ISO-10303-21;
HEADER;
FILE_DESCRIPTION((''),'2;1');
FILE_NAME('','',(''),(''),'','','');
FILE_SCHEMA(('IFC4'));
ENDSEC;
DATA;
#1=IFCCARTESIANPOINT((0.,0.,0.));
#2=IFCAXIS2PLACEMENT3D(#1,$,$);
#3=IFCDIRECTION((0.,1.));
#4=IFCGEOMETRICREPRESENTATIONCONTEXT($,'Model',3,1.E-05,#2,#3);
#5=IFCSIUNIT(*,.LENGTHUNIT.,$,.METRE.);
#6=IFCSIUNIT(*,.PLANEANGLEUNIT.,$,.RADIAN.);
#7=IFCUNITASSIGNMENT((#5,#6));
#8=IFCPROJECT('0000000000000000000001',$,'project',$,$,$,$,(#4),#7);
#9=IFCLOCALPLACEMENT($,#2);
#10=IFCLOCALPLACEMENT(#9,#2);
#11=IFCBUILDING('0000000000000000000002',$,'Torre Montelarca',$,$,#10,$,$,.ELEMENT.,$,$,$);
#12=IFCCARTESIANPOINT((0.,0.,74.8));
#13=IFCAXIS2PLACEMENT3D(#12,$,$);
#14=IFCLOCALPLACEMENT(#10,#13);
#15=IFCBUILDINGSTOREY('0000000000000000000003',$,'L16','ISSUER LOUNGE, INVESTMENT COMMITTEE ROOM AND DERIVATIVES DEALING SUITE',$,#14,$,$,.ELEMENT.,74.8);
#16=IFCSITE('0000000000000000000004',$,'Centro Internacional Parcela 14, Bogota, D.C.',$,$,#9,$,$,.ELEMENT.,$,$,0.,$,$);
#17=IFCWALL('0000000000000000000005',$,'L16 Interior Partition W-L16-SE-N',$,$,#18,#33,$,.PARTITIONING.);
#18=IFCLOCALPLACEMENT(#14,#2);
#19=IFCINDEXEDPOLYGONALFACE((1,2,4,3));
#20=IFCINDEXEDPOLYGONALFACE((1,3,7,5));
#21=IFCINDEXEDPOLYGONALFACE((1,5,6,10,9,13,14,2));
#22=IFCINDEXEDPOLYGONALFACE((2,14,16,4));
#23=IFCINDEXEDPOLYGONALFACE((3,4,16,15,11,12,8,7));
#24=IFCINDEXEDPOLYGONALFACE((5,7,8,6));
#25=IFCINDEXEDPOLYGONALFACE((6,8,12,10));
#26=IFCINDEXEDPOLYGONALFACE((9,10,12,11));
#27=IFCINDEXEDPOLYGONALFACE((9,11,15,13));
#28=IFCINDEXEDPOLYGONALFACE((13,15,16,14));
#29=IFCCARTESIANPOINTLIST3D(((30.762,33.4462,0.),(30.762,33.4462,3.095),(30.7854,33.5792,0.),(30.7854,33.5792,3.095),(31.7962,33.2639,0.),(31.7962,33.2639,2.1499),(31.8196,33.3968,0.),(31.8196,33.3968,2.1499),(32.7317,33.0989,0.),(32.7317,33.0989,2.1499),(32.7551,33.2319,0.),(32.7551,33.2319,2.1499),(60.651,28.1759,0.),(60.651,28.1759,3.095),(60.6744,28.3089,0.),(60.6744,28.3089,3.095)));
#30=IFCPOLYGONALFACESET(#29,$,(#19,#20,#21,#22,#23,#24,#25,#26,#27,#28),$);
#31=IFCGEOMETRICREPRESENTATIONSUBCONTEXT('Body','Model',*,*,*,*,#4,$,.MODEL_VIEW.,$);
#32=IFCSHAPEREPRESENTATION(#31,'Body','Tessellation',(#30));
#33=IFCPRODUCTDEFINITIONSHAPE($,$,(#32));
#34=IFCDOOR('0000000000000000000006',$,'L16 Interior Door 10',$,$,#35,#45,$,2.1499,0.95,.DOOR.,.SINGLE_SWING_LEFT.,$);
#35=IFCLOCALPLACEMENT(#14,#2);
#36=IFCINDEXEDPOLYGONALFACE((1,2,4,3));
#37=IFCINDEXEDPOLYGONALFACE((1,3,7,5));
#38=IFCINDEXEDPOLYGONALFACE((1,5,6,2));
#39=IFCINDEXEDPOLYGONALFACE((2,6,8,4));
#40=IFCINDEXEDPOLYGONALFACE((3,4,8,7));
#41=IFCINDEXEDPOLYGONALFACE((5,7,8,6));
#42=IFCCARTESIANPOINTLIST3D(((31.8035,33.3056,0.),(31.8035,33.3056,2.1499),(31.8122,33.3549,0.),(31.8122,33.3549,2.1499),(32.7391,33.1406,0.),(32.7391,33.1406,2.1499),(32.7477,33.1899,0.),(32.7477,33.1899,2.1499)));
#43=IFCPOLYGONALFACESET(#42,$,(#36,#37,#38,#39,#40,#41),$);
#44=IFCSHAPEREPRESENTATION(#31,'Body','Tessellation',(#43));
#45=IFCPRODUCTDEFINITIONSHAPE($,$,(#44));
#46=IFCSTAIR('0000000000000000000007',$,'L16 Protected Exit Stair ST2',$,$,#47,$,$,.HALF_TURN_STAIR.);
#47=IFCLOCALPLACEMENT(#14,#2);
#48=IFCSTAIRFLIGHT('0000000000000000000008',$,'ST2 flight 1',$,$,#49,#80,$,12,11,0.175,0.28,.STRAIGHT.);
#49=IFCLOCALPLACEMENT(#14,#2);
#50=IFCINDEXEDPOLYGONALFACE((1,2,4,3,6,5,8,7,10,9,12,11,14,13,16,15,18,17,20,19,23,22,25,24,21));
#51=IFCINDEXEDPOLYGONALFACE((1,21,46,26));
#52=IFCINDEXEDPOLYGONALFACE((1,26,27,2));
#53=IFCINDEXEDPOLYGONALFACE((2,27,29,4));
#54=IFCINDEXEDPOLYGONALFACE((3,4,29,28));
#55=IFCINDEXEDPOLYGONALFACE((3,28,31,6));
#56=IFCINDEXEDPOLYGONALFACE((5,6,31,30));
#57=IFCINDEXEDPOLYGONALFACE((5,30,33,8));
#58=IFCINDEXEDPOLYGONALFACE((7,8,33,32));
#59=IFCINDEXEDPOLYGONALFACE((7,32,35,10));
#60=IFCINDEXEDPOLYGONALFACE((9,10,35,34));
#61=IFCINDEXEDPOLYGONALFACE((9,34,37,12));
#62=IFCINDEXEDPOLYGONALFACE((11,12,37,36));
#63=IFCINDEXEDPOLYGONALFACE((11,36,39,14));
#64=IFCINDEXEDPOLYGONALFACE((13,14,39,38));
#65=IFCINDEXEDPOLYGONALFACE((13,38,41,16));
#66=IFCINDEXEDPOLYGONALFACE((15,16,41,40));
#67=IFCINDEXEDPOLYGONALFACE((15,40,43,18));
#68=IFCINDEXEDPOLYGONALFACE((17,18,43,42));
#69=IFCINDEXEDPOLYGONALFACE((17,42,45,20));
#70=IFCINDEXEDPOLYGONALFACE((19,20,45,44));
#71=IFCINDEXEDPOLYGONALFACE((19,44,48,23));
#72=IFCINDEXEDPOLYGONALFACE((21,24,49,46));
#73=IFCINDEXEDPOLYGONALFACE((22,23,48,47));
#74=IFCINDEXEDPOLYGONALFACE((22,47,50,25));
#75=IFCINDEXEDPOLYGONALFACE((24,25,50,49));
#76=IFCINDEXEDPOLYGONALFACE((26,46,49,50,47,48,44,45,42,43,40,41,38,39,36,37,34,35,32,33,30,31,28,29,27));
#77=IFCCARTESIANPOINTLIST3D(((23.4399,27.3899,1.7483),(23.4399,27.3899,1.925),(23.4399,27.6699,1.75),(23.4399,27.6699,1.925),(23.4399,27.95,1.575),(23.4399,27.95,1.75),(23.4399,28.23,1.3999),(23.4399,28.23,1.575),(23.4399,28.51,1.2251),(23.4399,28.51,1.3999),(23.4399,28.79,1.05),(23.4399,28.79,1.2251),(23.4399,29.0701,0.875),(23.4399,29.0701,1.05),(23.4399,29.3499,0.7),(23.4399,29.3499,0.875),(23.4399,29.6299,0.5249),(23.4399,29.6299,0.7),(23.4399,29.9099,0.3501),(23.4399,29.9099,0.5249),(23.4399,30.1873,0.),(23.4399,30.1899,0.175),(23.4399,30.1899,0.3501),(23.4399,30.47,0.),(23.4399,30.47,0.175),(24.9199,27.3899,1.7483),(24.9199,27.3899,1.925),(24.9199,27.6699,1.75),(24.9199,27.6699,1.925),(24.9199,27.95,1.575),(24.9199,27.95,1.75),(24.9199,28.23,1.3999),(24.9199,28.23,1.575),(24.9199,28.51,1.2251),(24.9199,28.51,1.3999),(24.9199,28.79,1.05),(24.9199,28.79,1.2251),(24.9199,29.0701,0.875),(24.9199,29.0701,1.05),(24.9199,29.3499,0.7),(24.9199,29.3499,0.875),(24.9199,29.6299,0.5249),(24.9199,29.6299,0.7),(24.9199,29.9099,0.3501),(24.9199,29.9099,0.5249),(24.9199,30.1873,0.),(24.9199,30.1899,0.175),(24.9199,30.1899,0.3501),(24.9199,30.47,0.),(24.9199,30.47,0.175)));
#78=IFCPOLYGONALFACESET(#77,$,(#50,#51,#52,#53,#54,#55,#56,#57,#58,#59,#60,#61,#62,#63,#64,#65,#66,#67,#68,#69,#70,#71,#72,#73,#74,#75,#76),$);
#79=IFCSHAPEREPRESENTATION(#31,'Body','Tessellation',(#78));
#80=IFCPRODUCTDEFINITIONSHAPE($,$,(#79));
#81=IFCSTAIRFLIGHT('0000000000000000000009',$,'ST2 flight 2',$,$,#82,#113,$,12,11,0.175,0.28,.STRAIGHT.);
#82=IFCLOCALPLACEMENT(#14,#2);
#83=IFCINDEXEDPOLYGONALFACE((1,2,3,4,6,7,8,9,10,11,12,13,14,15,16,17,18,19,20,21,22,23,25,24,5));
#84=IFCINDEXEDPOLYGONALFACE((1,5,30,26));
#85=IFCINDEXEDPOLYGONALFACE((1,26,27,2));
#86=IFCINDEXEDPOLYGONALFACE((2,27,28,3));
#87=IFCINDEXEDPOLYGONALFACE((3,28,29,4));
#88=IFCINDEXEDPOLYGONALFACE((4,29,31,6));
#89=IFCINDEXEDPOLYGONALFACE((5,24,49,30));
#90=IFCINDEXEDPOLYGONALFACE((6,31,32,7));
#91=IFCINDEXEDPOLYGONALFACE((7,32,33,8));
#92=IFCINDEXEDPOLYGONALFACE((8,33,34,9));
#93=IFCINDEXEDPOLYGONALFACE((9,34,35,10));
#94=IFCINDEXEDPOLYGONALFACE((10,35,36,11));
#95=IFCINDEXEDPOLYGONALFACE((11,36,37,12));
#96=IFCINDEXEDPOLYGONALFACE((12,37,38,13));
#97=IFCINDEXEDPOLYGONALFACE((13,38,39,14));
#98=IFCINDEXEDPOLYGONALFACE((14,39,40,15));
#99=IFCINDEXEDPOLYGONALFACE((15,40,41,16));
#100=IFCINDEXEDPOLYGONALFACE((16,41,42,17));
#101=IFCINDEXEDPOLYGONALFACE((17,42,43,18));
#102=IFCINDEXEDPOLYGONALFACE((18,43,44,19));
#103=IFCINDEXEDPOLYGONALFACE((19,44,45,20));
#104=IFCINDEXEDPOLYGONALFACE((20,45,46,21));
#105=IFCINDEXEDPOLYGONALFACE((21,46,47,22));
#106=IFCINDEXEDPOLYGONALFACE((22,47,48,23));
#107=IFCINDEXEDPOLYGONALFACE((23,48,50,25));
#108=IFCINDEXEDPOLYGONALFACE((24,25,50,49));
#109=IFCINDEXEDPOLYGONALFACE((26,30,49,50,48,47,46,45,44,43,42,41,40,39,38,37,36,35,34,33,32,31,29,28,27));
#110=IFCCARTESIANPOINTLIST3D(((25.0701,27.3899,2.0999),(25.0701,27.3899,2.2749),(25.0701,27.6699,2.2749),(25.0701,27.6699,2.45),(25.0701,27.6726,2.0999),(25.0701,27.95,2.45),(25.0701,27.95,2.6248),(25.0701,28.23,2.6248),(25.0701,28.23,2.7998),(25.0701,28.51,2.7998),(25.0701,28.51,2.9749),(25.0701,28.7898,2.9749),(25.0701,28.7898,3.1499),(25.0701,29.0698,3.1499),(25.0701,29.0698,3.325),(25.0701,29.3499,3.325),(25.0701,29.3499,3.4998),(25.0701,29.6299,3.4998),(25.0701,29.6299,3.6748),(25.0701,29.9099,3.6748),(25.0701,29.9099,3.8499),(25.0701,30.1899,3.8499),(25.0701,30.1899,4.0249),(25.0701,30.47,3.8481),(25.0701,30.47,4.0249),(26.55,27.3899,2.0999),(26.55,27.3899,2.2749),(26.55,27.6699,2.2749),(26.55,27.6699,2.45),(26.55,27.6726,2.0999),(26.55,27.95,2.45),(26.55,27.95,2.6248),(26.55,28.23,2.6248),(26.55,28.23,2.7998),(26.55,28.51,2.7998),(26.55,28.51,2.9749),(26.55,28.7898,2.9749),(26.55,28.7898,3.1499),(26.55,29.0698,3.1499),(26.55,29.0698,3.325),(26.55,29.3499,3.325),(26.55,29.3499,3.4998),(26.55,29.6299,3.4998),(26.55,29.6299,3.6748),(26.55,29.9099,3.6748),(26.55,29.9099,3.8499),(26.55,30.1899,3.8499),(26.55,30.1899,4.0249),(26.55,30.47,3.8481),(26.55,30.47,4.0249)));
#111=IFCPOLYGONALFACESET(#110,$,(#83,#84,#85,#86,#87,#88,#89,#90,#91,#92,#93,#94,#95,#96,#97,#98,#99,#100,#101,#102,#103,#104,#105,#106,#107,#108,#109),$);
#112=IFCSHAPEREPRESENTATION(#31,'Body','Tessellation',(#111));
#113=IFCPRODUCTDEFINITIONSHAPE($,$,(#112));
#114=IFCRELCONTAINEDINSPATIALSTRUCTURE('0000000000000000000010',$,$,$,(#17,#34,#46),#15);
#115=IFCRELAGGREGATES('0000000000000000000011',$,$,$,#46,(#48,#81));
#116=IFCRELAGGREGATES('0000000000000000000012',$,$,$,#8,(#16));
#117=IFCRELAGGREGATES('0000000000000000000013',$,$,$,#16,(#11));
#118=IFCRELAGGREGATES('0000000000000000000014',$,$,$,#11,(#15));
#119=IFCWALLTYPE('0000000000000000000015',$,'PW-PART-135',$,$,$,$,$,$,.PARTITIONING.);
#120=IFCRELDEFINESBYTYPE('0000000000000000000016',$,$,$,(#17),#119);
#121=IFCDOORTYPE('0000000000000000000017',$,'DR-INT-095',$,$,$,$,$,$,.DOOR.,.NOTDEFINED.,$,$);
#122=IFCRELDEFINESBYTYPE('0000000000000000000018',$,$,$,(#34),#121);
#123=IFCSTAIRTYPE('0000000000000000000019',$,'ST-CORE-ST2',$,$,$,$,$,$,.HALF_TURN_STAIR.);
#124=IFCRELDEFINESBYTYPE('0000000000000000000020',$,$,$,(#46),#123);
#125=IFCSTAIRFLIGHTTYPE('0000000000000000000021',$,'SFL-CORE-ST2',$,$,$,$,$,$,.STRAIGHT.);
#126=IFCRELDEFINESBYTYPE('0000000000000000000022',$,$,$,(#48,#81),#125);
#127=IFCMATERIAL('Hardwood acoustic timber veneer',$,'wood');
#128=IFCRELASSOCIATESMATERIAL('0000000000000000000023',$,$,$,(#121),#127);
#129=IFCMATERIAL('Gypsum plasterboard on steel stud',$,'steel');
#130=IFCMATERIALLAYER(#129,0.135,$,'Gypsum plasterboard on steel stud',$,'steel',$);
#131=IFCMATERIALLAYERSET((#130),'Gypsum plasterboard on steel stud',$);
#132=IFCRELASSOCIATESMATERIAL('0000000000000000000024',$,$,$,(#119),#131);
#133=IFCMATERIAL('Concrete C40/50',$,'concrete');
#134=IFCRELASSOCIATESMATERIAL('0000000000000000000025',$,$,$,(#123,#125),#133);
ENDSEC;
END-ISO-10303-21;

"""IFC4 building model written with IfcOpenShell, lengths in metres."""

from ifc_helpers import new_model, si_unit, direction, frame, frame_2d, origin, place, context, subcontext, project, spatial, polyline, rectangle, outline, extrude, source, transform, mapped, material, layer, layer_set, type_object, element, fill, aggregate, save


model = new_model("IFC4")

# Units and contexts
model_context = context("Model", 3, precision=1e-05, world=origin(), true_north=direction((0.0, 1.0)))
body_context = subcontext(model_context, "Body", "Model", "MODEL_VIEW")
ifc_project = project(units=[si_unit("LENGTHUNIT", "METRE"), si_unit("PLANEANGLEUNIT", "RADIAN")], contexts=[model_context])

# Site, building, storey
site_placement = place(None, origin())
site = spatial("IfcSite", under=ifc_project, at=site_placement, Name="Centro Internacional Parcela 14, Bogota, D.C.", CompositionType="ELEMENT", RefElevation=0.0)
building_placement = place(site_placement, origin())
building = spatial("IfcBuilding", under=site, at=building_placement, Name="Torre Montelarca", CompositionType="ELEMENT")
storey_placement = place(building_placement, frame((0.0, 0.0, 74.8)))
storey = spatial("IfcBuildingStorey", under=building, at=storey_placement, Name="L16", Description="ISSUER LOUNGE, INVESTMENT COMMITTEE ROOM AND DERIVATIVES DEALING SUITE", CompositionType="ELEMENT", Elevation=74.8)

# Shared definitions
ifc_material_1 = material(Name="Concrete C40/50", Category="concrete")

# Shared definitions
ifc_material_2 = material(Name="Gypsum plasterboard on steel stud", Category="steel")

# Wall, opening, door
ifc_material_3 = material(Name="Hardwood acoustic timber veneer", Category="wood")
door_type_1 = type_object("IfcDoorType", Name="DR-INT-095", OperationType="NOTDEFINED", PredefinedType="DOOR", material=ifc_material_3)
shared_shape_1 = source(origin(), body_context, "Body", "SweptSolid", [
    extrude(rectangle(XDim=0.95, YDim=2.1499, at=frame_2d((0.4751, 1.075))), frame((0.0, 0.0249, 0.0), z_axis=(0.0, -1.0, 0.0), x_axis=(1.0, 0.0, 0.0)), (0.0, 0.0, 1.0), 0.05),
])
ifc_layer_1 = layer(ifc_material_2, 0.135, Name="Gypsum plasterboard on steel stud", Category="steel")
ifc_layer_set_1 = layer_set([ifc_layer_1], Name="Gypsum plasterboard on steel stud")
wall_type_1 = type_object("IfcWallType", Name="PW-PART-135", PredefinedType="PARTITIONING", material=ifc_layer_set_1)
wall_1_placement = place(storey_placement, frame((30.7737, 33.5127, 0.0), z_axis=(0.0, 0.0, 1.0), x_axis=(0.984808, -0.173649, 0.0)))
wall_1 = element("IfcWall", 1, at=wall_1_placement, inside=storey, type_object=wall_type_1, Name="L16 Interior Partition W-L16-SE-N", PredefinedType="PARTITIONING", context=body_context, shape_type="SweptSolid", body=[
    extrude(rectangle(XDim=30.3501, YDim=0.135, at=frame_2d((15.175, 0.0))), origin(), (0.0, 0.0, 1.0), 3.095),
])
opening_1_placement = place(wall_1_placement, frame((1.05, 0.0, 0.0)))
opening_1 = element("IfcOpeningElement", 2, at=opening_1_placement, cuts=wall_1, PredefinedType="OPENING", context=body_context, shape_type="SweptSolid", body=[
    extrude(rectangle(XDim=0.95, YDim=2.1499, at=frame_2d((0.4751, 1.075))), frame((0.0, 0.0776, 0.0), z_axis=(0.0, -1.0, 0.0), x_axis=(1.0, 0.0, 0.0)), (0.0, 0.0, 1.0), 0.155),
])
door_1_placement = place(opening_1_placement, origin())
door_1 = element("IfcDoor", 3, at=door_1_placement, inside=storey, type_object=door_type_1, Name="L16 Interior Door 10", OperationType="SINGLE_SWING_LEFT", OverallHeight=2.1499, OverallWidth=0.95, PredefinedType="DOOR", context=body_context, shape_type="MappedRepresentation", body=[
    mapped(shared_shape_1, transform((0.0, 0.0, 0.0), scale=1.0)),
])
fill(opening_1, door_1)

# Stair, stair flights
stair_type = type_object("IfcStairType", Name="ST-CORE-ST2", PredefinedType="HALF_TURN_STAIR", material=ifc_material_1)
stair_placement = place(storey_placement, origin())
stair = element("IfcStair", 4, at=stair_placement, inside=storey, type_object=stair_type, Name="L16 Protected Exit Stair ST2", PredefinedType="HALF_TURN_STAIR")
stair_flight_type = type_object("IfcStairFlightType", Name="SFL-CORE-ST2", PredefinedType="STRAIGHT", material=ifc_material_1)
stair_flight_1_placement = place(storey_placement, frame((24.1799, 30.47, 0.0), z_axis=(0.0, 0.0, 1.0), x_axis=(0.0, -1.0, 0.0)))
stair_flight_1 = element("IfcStairFlight", 5, at=stair_flight_1_placement, type_object=stair_flight_type, Name="ST2 flight 1", NumberOfRisers=12, NumberOfTreads=11, PredefinedType="STRAIGHT", RiserHeight=0.175, TreadLength=0.28, context=body_context, shape_type="SweptSolid", body=[
    extrude(outline(polyline([(0.0, 0.0), (0.0, 0.175), (0.28, 0.175), (0.28, 0.3501), (0.5601, 0.3501), (0.5601, 0.5249), (0.8401, 0.5249), (0.8401, 0.7), (1.1201, 0.7), (1.1201, 0.875), (1.3999, 0.875), (1.3999, 1.05), (1.6799, 1.05), (1.6799, 1.2251), (1.96, 1.2251), (1.96, 1.3999), (2.24, 1.3999), (2.24, 1.575), (2.52, 1.575), (2.52, 1.75), (2.8, 1.75), (2.8, 1.925), (3.0801, 1.925), (3.0801, 2.1001), (3.0801, 1.7483), (0.2827, 0.0), (0.0, 0.0)])), frame((0.0, 0.74, 0.0), z_axis=(0.0, -1.0, 0.0), x_axis=(1.0, 0.0, 0.0)), (0.0, 0.0, 1.0), 1.48),
])
stair_flight_2_placement = place(storey_placement, frame((25.8101, 27.3899, 2.0999), z_axis=(0.0, 0.0, 1.0), x_axis=(0.0, 1.0, 0.0)))
stair_flight_2 = element("IfcStairFlight", 6, at=stair_flight_2_placement, type_object=stair_flight_type, Name="ST2 flight 2", NumberOfRisers=12, NumberOfTreads=11, PredefinedType="STRAIGHT", RiserHeight=0.175, TreadLength=0.28, context=body_context, shape_type="SweptSolid", body=[
    extrude(outline(polyline([(0.0, 0.0), (0.0, 0.175), (0.28, 0.175), (0.28, 0.3501), (0.5601, 0.3501), (0.5601, 0.5249), (0.8401, 0.5249), (0.8401, 0.7), (1.1201, 0.7), (1.1201, 0.875), (1.3999, 0.875), (1.3999, 1.05), (1.6799, 1.05), (1.6799, 1.2251), (1.96, 1.2251), (1.96, 1.3999), (2.24, 1.3999), (2.24, 1.575), (2.52, 1.575), (2.52, 1.75), (2.8, 1.75), (2.8, 1.925), (3.0801, 1.925), (3.0801, 2.1001), (3.0801, 1.7483), (0.2827, 0.0), (0.0, 0.0)])), frame((0.0, 0.74, 0.0), z_axis=(0.0, -1.0, 0.0), x_axis=(1.0, 0.0, 0.0)), (0.0, 0.0, 1.0), 1.48),
])
aggregate(stair, [stair_flight_1, stair_flight_2])

save(model, "model.ifc")
